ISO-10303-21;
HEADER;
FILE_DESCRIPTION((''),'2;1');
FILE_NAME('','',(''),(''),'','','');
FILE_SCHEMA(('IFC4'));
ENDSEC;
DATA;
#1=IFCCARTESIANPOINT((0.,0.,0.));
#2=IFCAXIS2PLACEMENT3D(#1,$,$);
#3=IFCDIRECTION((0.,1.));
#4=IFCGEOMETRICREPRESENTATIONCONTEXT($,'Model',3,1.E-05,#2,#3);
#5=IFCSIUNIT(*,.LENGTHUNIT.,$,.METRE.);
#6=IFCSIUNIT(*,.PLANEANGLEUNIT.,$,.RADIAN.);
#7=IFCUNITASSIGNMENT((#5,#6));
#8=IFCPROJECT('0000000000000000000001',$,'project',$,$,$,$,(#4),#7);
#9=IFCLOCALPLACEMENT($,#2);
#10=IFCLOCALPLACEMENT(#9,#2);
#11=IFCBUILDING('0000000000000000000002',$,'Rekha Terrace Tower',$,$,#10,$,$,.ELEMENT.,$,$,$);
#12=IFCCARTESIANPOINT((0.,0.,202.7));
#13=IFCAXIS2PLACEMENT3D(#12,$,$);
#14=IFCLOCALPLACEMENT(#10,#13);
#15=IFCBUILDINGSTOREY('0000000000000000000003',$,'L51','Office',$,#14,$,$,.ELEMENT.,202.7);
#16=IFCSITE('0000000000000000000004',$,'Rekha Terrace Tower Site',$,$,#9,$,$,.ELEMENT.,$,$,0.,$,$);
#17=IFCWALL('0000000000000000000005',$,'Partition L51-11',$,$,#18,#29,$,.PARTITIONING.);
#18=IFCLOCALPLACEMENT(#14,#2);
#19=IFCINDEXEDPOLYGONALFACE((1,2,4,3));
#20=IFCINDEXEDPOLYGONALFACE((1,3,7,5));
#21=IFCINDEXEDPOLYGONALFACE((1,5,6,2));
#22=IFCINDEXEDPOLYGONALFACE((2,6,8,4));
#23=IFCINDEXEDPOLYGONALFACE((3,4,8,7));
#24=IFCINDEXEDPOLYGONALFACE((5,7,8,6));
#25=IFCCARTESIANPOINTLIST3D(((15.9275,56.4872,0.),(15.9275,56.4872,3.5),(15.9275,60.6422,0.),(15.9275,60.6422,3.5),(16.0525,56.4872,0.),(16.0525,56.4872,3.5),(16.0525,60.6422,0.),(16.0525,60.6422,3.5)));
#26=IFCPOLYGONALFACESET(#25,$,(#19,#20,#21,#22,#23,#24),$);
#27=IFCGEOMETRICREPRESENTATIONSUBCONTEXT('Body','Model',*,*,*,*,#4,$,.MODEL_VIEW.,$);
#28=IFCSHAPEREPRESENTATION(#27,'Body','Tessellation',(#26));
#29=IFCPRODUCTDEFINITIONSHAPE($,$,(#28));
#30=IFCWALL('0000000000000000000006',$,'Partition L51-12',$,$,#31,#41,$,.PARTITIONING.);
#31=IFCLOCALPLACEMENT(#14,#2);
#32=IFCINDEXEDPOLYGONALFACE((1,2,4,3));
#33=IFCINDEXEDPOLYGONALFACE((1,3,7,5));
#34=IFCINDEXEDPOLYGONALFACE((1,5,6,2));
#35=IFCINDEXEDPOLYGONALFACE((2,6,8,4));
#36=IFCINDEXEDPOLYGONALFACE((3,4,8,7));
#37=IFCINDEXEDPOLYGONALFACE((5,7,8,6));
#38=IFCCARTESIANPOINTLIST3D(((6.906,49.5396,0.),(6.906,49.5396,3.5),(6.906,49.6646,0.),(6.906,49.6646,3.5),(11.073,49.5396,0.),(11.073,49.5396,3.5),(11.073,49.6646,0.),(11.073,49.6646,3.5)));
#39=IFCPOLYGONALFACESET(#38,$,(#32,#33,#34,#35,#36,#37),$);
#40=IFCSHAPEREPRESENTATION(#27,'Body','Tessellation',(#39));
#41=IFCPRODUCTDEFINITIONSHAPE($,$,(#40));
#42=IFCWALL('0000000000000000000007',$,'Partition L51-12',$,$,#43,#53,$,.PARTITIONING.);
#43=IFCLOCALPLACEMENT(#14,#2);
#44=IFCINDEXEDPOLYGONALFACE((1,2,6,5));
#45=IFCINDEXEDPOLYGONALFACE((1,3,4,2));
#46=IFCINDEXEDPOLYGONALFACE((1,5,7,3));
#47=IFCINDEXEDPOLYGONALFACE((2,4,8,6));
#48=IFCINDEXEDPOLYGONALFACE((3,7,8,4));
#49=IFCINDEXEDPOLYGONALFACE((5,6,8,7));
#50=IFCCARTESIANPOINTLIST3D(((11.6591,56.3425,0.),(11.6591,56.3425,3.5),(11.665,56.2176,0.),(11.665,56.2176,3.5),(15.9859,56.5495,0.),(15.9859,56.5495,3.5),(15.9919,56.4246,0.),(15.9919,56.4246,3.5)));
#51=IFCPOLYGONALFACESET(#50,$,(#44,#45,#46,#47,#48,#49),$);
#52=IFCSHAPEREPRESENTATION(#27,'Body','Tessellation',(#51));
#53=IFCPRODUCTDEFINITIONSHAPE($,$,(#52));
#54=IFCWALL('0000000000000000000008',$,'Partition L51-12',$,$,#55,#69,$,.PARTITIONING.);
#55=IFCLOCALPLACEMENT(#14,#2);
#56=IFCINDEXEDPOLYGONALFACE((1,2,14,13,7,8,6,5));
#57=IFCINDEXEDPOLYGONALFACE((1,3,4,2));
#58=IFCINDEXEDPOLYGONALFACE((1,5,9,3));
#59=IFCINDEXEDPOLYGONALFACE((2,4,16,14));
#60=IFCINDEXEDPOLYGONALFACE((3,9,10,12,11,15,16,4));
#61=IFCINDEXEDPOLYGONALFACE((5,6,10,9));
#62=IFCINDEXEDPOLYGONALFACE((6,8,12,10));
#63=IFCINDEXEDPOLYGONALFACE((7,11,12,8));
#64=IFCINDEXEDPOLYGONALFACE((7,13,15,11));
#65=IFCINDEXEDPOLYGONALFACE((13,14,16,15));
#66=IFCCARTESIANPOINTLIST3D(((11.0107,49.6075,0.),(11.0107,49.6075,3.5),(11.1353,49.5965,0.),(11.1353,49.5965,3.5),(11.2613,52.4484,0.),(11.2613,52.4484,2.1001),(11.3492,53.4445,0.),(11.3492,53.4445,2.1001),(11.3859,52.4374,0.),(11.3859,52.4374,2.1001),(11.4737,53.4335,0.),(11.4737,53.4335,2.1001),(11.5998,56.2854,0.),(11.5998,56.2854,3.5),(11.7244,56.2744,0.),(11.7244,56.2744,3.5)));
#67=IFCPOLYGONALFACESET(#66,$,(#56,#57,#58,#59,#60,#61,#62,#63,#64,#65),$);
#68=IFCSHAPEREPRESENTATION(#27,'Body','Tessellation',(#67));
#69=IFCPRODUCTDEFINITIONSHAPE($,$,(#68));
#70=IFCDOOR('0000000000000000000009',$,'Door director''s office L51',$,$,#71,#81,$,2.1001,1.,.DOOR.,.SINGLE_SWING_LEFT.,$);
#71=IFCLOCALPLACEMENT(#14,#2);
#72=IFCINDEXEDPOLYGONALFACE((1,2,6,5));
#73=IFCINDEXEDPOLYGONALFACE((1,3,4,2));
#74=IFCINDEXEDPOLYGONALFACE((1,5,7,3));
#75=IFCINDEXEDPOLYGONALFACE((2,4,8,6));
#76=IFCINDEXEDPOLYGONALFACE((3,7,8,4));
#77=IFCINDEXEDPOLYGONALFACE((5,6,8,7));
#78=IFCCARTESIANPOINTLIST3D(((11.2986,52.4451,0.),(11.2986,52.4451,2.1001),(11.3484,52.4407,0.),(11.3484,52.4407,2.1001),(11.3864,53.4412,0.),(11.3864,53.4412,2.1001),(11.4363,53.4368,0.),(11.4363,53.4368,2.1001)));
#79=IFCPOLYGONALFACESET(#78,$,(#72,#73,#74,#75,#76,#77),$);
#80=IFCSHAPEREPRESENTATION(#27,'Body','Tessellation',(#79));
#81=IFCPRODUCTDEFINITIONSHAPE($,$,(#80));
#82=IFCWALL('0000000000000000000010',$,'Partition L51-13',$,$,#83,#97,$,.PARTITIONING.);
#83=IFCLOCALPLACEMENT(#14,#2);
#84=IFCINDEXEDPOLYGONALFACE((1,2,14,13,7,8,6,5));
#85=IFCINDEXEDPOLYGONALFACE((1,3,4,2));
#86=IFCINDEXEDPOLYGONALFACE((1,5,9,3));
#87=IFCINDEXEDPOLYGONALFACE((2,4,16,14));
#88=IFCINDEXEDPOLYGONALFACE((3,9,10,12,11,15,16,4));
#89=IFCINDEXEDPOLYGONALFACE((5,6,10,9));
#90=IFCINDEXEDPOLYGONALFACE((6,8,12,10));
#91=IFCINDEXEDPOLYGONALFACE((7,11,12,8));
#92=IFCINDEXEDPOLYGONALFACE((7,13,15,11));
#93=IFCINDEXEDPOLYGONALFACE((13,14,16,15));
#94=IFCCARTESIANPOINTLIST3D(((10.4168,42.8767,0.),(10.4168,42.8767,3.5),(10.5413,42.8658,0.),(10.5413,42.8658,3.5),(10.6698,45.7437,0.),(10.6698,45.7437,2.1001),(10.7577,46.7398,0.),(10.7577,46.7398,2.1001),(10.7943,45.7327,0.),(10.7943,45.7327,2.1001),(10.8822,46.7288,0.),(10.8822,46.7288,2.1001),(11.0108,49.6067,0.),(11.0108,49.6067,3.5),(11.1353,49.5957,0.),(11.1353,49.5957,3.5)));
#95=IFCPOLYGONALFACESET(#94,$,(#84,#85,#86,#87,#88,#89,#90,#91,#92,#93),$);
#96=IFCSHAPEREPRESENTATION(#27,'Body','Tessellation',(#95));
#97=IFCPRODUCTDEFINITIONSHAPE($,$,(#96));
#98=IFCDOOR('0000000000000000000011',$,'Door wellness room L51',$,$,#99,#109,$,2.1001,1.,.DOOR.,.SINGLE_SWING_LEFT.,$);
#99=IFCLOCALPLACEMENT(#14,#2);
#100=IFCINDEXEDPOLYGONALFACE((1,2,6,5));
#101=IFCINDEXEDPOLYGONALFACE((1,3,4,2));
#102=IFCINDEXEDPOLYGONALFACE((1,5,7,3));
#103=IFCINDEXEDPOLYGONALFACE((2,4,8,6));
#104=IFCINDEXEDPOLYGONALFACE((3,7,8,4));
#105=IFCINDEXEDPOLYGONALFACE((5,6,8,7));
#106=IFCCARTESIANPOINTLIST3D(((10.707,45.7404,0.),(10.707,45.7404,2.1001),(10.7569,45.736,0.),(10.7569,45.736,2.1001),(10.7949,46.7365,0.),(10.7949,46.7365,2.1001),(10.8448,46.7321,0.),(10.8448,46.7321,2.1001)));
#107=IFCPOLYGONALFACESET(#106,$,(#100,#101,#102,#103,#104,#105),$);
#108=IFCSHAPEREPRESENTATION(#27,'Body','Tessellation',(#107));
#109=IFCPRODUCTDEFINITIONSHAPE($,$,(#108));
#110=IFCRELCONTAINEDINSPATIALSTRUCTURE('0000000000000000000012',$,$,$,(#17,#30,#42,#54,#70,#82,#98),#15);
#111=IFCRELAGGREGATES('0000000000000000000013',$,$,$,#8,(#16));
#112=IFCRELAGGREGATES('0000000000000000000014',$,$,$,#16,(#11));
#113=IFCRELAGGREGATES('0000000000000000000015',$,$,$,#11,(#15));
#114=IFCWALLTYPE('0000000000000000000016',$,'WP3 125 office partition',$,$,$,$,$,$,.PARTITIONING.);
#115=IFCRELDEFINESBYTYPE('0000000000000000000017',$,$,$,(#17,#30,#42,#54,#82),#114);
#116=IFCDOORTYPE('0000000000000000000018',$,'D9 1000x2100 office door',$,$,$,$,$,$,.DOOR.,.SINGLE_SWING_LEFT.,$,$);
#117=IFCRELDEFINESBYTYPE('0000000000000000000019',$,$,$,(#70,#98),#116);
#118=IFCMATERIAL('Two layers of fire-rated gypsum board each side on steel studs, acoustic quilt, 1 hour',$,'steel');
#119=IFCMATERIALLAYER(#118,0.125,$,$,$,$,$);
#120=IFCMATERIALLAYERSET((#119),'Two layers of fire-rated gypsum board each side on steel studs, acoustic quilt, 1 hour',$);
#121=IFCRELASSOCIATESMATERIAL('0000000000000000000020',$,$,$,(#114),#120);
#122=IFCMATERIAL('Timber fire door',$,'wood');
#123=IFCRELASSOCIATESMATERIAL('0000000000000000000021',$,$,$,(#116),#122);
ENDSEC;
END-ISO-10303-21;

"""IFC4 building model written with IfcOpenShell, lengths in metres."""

from ifc_helpers import new_model, si_unit, direction, frame, frame_2d, origin, place, context, subcontext, project, spatial, rectangle, extrude, material, layer, layer_set, type_object, element, fill, save


model = new_model("IFC4")

# Units and contexts
model_context = context("Model", 3, precision=1e-05, world=origin(), true_north=direction((0.0, 1.0)))
body_context = subcontext(model_context, "Body", "Model", "MODEL_VIEW")
ifc_project = project(units=[si_unit("LENGTHUNIT", "METRE"), si_unit("PLANEANGLEUNIT", "RADIAN")], contexts=[model_context])

# Site, building, storey
site_placement = place(None, origin())
site = spatial("IfcSite", under=ifc_project, at=site_placement, Name="Rekha Terrace Tower Site", CompositionType="ELEMENT", RefElevation=0.0)
building_placement = place(site_placement, origin())
building = spatial("IfcBuilding", under=site, at=building_placement, Name="Rekha Terrace Tower", CompositionType="ELEMENT")
storey_placement = place(building_placement, frame((0.0, 0.0, 202.7)))
storey = spatial("IfcBuildingStorey", under=building, at=storey_placement, Name="L51", Description="Office", CompositionType="ELEMENT", Elevation=202.7)

# Walls
ifc_material_1 = material(Name="Two layers of fire-rated gypsum board each side on steel studs, acoustic quilt, 1 hour", Category="steel")
ifc_layer_1 = layer(ifc_material_1, 0.125)
ifc_layer_set_1 = layer_set([ifc_layer_1], Name="Two layers of fire-rated gypsum board each side on steel studs, acoustic quilt, 1 hour")
wall_type = type_object("IfcWallType", Name="WP3 125 office partition", PredefinedType="PARTITIONING", material=ifc_layer_set_1)
wall_1_placement = place(storey_placement, frame((15.99, 56.4871, 0.0), z_axis=(0.0, 0.0, 1.0), x_axis=(0.0, 1.0, 0.0)))
element("IfcWall", 1, at=wall_1_placement, inside=storey, type_object=wall_type, Name="Partition L51-11", PredefinedType="PARTITIONING", context=body_context, shape_type="SweptSolid", body=[
    extrude(rectangle(XDim=4.155, YDim=0.125, at=frame_2d((2.0776, 0.0))), origin(), (0.0, 0.0, 1.0), 3.5),
])
wall_2_placement = place(storey_placement, frame((11.073, 49.6021, 0.0), z_axis=(0.0, 0.0, 1.0), x_axis=(-1.0, 0.0, 0.0)))
element("IfcWall", 2, at=wall_2_placement, inside=storey, type_object=wall_type, Name="Partition L51-12", PredefinedType="PARTITIONING", context=body_context, shape_type="SweptSolid", body=[
    extrude(rectangle(XDim=4.167, YDim=0.125, at=frame_2d((2.0835, 0.0))), origin(), (0.0, 0.0, 1.0), 3.5),
])
wall_3_placement = place(storey_placement, frame((15.989, 56.4871, 0.0), z_axis=(0.0, 0.0, 1.0), x_axis=(-0.998857, -0.047793, 0.0)))
element("IfcWall", 3, at=wall_3_placement, inside=storey, type_object=wall_type, Name="Partition L51-12", PredefinedType="PARTITIONING", context=body_context, shape_type="SweptSolid", body=[
    extrude(rectangle(XDim=4.3318, YDim=0.125, at=frame_2d((2.166, 0.0))), origin(), (0.0, 0.0, 1.0), 3.5),
])

# Walls, openings, doors
wall_4_placement = place(storey_placement, frame((11.6621, 56.28, 0.0), z_axis=(0.0, 0.0, 1.0), x_axis=(-0.087876, -0.996131, 0.0)))
wall_4 = element("IfcWall", 4, at=wall_4_placement, inside=storey, type_object=wall_type, Name="Partition L51-12", PredefinedType="PARTITIONING", context=body_context, shape_type="SweptSolid", body=[
    extrude(rectangle(XDim=6.7039, YDim=0.125, at=frame_2d((3.3521, 0.0))), origin(), (0.0, 0.0, 1.0), 3.5),
])
opening_1_placement = place(wall_4_placement, frame((2.8521, 0.0, 0.0)))
opening_1 = element("IfcOpeningElement", 5, at=opening_1_placement, cuts=wall_4, PredefinedType="OPENING", context=body_context, shape_type="SweptSolid", body=[
    extrude(rectangle(XDim=1.0, YDim=2.1001, at=frame_2d((0.5, 1.05))), frame((0.0, 0.0725, 0.0), z_axis=(0.0, -1.0, 0.0), x_axis=(1.0, 0.0, 0.0)), (0.0, 0.0, 1.0), 0.145),
])
ifc_material_2 = material(Name="Timber fire door", Category="wood")
door_type = type_object("IfcDoorType", Name="D9 1000x2100 office door", OperationType="SINGLE_SWING_LEFT", PredefinedType="DOOR", material=ifc_material_2)
door_1_placement = place(opening_1_placement, origin())
door_1 = element("IfcDoor", 6, at=door_1_placement, inside=storey, type_object=door_type, Name="Door director's office L51", OperationType="SINGLE_SWING_LEFT", OverallHeight=2.1001, OverallWidth=1.0, PredefinedType="DOOR", context=body_context, shape_type="SweptSolid", body=[
    extrude(rectangle(XDim=1.0, YDim=2.1001, at=frame_2d((0.5, 1.05))), frame((0.0, 0.0249, 0.0), z_axis=(0.0, -1.0, 0.0), x_axis=(1.0, 0.0, 0.0)), (0.0, 0.0, 1.0), 0.05),
])
fill(opening_1, door_1)
wall_5_placement = place(storey_placement, frame((11.073, 49.6011, 0.0), z_axis=(0.0, 0.0, 1.0), x_axis=(-0.087919, -0.996128, 0.0)))
wall_5 = element("IfcWall", 7, at=wall_5_placement, inside=storey, type_object=wall_type, Name="Partition L51-13", PredefinedType="PARTITIONING", context=body_context, shape_type="SweptSolid", body=[
    extrude(rectangle(XDim=6.7561, YDim=0.125, at=frame_2d((3.3779, 0.0))), origin(), (0.0, 0.0, 1.0), 3.5),
])
opening_2_placement = place(wall_5_placement, frame((2.8779, 0.0, 0.0)))
opening_2 = element("IfcOpeningElement", 8, at=opening_2_placement, cuts=wall_5, PredefinedType="OPENING", context=body_context, shape_type="SweptSolid", body=[
    extrude(rectangle(XDim=1.0, YDim=2.1001, at=frame_2d((0.5, 1.05))), frame((0.0, 0.0725, 0.0), z_axis=(0.0, -1.0, 0.0), x_axis=(1.0, 0.0, 0.0)), (0.0, 0.0, 1.0), 0.145),
])
door_2_placement = place(opening_2_placement, origin())
door_2 = element("IfcDoor", 9, at=door_2_placement, inside=storey, type_object=door_type, Name="Door wellness room L51", OperationType="SINGLE_SWING_LEFT", OverallHeight=2.1001, OverallWidth=1.0, PredefinedType="DOOR", context=body_context, shape_type="SweptSolid", body=[
    extrude(rectangle(XDim=1.0, YDim=2.1001, at=frame_2d((0.5, 1.05))), frame((0.0, 0.0249, 0.0), z_axis=(0.0, -1.0, 0.0), x_axis=(1.0, 0.0, 0.0)), (0.0, 0.0, 1.0), 0.05),
])
fill(opening_2, door_2)

save(model, "model.ifc")
